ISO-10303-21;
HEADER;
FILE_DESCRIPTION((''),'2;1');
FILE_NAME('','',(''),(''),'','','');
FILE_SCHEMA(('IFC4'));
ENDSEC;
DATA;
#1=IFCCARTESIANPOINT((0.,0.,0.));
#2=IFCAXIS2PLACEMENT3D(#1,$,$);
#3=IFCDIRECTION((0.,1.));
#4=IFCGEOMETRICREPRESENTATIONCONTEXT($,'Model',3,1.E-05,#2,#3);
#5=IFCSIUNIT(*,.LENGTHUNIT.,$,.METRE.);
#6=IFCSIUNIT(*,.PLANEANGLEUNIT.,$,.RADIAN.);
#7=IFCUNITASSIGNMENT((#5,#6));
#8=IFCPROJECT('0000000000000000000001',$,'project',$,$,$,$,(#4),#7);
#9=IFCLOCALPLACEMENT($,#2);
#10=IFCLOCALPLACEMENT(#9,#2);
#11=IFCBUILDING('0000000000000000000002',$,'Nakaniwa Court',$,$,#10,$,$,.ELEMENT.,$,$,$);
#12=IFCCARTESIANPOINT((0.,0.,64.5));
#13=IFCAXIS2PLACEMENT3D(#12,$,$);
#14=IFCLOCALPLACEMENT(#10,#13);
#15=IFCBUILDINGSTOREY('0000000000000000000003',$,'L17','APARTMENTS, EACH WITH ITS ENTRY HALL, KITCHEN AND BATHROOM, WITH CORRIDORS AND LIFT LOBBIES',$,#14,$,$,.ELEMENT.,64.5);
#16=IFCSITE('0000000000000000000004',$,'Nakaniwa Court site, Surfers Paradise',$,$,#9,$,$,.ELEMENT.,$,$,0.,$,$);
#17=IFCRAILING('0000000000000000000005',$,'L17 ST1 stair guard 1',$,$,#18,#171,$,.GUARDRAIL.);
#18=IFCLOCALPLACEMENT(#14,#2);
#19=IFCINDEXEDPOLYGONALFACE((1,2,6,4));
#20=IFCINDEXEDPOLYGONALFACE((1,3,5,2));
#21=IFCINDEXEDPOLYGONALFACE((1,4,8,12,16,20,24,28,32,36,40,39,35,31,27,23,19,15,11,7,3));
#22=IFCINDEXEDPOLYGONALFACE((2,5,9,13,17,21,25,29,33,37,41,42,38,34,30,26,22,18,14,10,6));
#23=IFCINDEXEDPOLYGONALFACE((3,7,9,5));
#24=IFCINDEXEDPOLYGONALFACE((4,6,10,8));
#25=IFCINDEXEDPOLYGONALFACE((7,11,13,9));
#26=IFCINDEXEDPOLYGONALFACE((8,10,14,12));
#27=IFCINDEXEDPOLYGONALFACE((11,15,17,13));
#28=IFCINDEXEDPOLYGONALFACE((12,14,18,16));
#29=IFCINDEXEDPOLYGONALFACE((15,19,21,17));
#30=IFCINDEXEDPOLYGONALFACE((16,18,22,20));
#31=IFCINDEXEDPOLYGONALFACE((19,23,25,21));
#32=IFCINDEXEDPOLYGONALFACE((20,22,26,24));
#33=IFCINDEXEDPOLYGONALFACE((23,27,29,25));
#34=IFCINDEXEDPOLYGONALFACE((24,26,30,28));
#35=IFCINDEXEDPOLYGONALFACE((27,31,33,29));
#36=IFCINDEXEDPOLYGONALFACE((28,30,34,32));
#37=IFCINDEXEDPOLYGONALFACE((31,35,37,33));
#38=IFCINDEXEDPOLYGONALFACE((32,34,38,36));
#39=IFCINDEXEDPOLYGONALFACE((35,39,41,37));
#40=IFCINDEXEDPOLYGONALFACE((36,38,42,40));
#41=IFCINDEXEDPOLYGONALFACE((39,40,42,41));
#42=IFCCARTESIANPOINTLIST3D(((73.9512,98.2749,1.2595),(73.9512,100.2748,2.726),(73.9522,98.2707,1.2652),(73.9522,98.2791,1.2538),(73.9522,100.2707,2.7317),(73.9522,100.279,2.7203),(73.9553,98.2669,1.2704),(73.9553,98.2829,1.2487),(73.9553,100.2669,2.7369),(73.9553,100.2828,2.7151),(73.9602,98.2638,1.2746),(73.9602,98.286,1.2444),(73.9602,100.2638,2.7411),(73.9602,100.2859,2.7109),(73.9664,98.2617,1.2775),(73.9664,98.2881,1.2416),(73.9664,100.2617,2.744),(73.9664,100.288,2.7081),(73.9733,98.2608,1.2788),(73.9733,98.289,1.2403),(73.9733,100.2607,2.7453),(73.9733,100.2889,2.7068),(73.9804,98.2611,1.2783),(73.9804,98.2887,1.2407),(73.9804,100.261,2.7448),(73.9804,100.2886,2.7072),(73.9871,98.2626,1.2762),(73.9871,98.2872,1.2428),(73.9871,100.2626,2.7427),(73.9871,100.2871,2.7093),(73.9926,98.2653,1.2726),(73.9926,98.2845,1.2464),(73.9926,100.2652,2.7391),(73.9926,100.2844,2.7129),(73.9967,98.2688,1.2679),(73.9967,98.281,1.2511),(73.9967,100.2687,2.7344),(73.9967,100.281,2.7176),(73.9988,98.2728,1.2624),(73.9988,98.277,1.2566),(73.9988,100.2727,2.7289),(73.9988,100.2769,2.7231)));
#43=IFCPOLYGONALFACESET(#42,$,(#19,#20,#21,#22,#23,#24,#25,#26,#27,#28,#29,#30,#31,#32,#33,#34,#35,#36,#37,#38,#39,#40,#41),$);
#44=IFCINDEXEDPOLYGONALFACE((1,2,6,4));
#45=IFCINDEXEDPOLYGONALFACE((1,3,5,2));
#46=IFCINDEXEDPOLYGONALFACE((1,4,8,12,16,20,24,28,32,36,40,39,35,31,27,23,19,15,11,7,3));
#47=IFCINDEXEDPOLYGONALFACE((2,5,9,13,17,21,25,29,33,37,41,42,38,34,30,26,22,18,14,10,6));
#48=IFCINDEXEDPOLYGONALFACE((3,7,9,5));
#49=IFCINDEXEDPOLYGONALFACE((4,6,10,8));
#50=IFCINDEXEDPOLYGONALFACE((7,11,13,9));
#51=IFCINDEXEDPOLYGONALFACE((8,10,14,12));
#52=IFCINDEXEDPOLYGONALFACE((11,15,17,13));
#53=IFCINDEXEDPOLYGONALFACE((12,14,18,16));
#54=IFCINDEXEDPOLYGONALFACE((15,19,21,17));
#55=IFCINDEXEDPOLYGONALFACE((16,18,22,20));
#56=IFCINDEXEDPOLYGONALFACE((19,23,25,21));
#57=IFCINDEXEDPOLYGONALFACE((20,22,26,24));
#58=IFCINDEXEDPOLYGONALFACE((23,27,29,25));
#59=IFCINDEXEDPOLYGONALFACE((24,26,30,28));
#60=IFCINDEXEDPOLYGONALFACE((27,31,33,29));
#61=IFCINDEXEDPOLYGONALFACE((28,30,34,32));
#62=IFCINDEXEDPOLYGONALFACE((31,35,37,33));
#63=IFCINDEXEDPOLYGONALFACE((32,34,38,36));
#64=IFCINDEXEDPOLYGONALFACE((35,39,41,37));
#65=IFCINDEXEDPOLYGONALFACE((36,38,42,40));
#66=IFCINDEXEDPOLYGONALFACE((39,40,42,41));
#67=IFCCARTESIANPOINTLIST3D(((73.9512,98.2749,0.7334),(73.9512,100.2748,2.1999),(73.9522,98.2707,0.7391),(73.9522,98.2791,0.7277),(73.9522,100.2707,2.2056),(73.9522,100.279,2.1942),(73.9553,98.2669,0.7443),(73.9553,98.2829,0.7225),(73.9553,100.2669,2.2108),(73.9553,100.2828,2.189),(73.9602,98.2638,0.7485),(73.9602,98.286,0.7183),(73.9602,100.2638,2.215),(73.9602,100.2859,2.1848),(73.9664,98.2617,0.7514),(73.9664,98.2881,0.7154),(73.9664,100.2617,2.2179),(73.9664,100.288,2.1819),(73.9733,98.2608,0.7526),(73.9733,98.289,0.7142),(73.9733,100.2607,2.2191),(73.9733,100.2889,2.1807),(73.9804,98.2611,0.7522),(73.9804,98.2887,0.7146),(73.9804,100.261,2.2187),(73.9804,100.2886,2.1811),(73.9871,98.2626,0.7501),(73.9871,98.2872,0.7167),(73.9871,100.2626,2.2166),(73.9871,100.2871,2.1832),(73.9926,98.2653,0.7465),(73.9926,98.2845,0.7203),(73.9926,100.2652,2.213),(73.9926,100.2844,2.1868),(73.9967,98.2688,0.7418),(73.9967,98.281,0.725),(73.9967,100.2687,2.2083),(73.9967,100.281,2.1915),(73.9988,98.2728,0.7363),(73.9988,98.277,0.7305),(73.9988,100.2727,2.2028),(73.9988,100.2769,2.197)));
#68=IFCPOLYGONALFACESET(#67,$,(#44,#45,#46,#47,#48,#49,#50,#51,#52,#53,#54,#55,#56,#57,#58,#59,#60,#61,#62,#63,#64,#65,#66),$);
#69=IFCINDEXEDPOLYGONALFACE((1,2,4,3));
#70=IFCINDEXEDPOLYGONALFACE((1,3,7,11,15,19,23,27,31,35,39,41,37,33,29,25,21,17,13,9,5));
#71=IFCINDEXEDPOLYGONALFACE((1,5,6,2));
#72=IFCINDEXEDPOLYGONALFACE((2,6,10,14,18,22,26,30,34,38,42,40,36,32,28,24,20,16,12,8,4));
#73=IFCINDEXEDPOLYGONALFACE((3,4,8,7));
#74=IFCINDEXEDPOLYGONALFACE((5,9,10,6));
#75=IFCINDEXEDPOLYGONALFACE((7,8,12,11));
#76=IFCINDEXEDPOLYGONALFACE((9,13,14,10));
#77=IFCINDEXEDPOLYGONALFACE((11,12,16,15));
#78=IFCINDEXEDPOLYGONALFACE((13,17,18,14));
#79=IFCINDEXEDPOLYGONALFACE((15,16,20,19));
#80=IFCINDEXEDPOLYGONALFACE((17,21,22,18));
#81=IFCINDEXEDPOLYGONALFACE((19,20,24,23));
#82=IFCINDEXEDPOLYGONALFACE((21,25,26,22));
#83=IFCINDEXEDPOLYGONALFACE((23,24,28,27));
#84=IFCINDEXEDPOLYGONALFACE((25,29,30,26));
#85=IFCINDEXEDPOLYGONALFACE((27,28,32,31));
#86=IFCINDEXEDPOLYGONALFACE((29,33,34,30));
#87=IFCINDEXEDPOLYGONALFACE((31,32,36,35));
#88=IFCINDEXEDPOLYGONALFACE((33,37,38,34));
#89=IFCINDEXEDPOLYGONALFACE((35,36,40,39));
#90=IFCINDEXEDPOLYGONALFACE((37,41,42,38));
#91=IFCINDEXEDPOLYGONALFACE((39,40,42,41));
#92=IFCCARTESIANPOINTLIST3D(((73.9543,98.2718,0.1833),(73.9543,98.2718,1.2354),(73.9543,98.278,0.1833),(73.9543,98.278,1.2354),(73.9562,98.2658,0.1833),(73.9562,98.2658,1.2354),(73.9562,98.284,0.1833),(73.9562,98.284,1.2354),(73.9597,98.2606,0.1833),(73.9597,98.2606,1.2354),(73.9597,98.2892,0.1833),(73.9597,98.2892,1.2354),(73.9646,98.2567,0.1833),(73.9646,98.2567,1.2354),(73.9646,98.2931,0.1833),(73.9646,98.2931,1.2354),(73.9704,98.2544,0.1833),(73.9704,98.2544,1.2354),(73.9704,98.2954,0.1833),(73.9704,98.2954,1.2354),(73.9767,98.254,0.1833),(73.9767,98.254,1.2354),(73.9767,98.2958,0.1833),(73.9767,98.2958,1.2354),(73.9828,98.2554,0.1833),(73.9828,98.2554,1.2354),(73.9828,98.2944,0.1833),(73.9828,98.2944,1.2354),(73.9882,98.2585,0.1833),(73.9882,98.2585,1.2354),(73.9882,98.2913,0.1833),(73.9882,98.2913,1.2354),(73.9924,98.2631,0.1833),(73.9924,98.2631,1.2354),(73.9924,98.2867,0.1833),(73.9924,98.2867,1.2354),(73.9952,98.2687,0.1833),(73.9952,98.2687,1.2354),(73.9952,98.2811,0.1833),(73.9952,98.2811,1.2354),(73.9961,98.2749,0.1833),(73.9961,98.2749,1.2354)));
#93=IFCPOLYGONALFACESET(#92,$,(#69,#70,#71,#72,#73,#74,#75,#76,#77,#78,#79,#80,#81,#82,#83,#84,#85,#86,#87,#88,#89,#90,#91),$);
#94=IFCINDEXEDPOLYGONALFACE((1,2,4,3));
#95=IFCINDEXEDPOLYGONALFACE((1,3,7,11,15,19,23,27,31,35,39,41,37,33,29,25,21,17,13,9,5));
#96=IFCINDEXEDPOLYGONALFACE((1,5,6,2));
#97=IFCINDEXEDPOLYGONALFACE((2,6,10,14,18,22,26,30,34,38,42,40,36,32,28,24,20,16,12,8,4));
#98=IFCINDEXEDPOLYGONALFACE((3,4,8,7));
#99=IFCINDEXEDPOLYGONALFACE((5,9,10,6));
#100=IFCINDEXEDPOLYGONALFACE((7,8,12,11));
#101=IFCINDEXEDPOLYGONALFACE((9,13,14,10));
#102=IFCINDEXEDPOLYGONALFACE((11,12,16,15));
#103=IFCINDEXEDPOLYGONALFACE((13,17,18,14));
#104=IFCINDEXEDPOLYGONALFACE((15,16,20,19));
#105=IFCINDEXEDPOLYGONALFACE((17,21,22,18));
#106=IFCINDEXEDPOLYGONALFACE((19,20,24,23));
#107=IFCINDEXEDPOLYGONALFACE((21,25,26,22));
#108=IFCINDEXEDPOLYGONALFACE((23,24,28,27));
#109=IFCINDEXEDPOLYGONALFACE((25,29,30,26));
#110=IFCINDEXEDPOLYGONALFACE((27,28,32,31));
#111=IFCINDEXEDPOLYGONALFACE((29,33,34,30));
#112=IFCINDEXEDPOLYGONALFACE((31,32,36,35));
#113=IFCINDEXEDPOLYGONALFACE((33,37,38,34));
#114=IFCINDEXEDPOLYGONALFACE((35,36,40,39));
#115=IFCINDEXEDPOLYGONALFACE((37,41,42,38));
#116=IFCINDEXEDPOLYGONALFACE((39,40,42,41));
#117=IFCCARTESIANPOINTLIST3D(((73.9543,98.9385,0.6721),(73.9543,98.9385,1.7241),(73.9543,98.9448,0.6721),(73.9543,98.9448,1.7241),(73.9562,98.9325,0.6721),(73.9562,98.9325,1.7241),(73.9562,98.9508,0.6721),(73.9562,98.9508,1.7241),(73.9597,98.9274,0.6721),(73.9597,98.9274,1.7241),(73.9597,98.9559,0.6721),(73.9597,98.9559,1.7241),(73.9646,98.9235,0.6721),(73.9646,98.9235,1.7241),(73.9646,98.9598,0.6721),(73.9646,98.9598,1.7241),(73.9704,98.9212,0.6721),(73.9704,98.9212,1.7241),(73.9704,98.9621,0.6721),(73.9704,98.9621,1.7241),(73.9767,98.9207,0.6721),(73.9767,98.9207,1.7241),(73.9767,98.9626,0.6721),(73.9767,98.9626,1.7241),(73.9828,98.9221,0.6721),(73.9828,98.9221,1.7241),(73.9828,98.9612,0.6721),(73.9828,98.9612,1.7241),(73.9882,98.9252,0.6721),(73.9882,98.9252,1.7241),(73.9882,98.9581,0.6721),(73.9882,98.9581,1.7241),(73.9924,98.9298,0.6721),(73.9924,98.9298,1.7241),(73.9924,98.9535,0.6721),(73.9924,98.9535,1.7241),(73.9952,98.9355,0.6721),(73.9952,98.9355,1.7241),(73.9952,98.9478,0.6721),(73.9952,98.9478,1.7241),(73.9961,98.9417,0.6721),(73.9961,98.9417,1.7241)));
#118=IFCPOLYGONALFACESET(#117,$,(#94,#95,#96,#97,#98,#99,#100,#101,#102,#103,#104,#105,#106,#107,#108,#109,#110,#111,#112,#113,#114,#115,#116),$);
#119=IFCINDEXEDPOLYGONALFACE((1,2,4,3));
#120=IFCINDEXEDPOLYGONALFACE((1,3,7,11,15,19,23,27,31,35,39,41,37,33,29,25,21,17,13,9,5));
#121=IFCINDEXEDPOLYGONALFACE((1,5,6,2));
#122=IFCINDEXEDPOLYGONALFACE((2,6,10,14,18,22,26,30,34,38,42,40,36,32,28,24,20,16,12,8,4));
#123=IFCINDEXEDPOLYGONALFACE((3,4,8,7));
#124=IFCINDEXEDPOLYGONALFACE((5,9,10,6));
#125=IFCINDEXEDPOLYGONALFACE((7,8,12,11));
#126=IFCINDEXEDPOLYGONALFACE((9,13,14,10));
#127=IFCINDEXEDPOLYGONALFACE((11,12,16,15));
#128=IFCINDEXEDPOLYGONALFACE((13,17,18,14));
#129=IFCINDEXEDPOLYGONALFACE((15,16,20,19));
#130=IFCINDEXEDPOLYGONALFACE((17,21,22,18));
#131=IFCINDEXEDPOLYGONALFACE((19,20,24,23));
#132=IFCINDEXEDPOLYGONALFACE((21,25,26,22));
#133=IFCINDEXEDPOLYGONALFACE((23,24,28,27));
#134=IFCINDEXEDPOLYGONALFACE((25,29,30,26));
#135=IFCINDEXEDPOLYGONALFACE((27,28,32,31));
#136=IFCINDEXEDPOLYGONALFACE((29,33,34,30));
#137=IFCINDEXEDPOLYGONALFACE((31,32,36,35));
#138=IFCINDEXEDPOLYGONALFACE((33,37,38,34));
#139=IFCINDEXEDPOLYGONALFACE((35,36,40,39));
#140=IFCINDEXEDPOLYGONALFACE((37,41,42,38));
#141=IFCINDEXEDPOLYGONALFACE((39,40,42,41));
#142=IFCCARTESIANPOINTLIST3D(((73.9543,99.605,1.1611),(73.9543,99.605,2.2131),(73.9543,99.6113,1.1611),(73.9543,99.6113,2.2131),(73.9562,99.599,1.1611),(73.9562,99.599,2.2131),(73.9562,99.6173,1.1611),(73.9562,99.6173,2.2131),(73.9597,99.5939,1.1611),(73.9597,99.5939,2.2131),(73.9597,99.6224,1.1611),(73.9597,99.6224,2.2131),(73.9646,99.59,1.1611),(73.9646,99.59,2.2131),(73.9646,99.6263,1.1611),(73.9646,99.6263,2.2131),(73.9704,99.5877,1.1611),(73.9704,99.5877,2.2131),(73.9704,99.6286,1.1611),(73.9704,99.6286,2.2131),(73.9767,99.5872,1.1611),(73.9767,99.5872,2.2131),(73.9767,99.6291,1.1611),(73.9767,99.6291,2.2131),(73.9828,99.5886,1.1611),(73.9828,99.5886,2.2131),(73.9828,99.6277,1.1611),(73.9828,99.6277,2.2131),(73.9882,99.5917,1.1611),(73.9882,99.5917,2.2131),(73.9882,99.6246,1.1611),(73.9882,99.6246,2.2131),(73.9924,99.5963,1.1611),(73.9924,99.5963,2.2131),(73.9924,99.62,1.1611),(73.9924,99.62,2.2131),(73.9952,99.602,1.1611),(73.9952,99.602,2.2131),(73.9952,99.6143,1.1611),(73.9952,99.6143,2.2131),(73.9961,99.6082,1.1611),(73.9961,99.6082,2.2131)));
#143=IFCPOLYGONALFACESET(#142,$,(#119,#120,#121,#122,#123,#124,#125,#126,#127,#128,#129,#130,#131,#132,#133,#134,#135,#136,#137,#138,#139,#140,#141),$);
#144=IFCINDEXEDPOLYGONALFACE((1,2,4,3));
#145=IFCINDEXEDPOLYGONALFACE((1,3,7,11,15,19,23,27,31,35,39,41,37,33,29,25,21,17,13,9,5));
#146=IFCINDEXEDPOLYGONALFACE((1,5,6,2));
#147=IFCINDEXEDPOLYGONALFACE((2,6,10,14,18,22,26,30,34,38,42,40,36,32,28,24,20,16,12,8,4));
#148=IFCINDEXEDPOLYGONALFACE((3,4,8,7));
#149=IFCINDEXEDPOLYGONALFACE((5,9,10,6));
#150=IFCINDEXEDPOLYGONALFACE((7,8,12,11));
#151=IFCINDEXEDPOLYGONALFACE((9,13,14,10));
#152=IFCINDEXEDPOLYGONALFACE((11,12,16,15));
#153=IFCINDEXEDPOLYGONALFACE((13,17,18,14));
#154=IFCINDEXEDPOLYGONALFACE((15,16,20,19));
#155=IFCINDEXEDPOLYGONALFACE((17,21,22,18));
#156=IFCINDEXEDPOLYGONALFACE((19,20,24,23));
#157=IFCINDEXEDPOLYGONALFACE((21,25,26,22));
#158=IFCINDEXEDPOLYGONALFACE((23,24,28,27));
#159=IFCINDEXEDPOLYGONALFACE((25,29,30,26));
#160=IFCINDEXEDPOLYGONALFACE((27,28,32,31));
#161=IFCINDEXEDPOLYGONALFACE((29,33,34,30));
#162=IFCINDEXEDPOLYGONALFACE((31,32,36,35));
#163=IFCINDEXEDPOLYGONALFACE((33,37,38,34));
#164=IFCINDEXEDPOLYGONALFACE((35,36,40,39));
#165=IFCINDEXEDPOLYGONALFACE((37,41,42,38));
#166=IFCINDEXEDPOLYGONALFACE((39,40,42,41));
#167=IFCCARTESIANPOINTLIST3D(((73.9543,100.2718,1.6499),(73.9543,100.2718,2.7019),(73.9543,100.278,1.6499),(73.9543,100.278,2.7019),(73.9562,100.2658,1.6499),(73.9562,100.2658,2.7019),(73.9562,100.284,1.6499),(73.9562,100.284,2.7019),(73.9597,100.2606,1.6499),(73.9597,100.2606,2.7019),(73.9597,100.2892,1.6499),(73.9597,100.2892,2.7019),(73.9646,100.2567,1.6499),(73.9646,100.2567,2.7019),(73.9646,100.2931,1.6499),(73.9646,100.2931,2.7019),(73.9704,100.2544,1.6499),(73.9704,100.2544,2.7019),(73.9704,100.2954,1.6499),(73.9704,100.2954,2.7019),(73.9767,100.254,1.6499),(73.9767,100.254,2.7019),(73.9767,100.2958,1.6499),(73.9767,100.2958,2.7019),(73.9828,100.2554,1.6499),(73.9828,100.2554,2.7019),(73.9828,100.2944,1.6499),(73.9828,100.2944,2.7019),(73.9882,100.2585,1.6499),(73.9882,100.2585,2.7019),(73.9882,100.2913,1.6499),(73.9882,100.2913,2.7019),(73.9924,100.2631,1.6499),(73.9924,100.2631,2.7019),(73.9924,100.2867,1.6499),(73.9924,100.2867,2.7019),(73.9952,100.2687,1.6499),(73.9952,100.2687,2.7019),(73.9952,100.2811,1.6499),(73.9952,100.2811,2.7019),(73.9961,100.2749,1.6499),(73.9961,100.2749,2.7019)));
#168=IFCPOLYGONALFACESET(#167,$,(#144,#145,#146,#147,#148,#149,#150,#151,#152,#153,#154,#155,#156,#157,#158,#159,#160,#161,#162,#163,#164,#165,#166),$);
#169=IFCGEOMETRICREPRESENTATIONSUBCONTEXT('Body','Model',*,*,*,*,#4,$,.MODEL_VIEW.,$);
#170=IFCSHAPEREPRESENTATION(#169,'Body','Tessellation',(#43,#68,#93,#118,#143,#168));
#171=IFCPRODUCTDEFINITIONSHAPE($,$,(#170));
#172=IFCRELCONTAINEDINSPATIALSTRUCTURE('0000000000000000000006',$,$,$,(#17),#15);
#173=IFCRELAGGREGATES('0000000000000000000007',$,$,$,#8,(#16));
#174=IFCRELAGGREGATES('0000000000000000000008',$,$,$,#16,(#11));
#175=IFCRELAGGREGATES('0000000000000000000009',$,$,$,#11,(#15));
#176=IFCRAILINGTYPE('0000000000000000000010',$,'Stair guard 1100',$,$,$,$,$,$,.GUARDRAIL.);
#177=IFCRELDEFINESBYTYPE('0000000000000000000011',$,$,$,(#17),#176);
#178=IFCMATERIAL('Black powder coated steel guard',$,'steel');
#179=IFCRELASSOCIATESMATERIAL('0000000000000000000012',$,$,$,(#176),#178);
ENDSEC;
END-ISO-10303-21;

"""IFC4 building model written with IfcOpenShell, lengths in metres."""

from ifc_helpers import new_model, si_unit, direction, frame, origin, origin_2d, place, context, subcontext, project, spatial, circle, extrude, material, type_object, element, save


model = new_model("IFC4")

# Units and contexts
model_context = context("Model", 3, precision=1e-05, world=origin(), true_north=direction((0.0, 1.0)))
body_context = subcontext(model_context, "Body", "Model", "MODEL_VIEW")
ifc_project = project(units=[si_unit("LENGTHUNIT", "METRE"), si_unit("PLANEANGLEUNIT", "RADIAN")], contexts=[model_context])

# Site, building, storey
site_placement = place(None, origin())
site = spatial("IfcSite", under=ifc_project, at=site_placement, Name="Nakaniwa Court site, Surfers Paradise", CompositionType="ELEMENT", RefElevation=0.0)
building_placement = place(site_placement, origin())
building = spatial("IfcBuilding", under=site, at=building_placement, Name="Nakaniwa Court", CompositionType="ELEMENT")
storey_placement = place(building_placement, frame((0.0, 0.0, 64.5)))
storey = spatial("IfcBuildingStorey", under=building, at=storey_placement, Name="L17", Description="APARTMENTS, EACH WITH ITS ENTRY HALL, KITCHEN AND BATHROOM, WITH CORRIDORS AND LIFT LOBBIES", CompositionType="ELEMENT", Elevation=64.5)

# Railing
ifc_material_1 = material(Name="Black powder coated steel guard", Category="steel")
railing_type_1 = type_object("IfcRailingType", Name="Stair guard 1100", PredefinedType="GUARDRAIL", material=ifc_material_1)
railing_1_placement = place(storey_placement, frame((73.9751, 98.2749, 0.1833)))
element("IfcRailing", 1, at=railing_1_placement, inside=storey, type_object=railing_type_1, Name="L17 ST1 stair guard 1", PredefinedType="GUARDRAIL", context=body_context, shape_type="SweptSolid", body=[
    extrude(circle(Radius=0.0239, at=origin_2d()), frame((0.0, 0.0, 1.0762), z_axis=(0.0, 0.806427, 0.591334), x_axis=(-1.0, 0.0, 0.0)), (0.0, 0.0, 1.0), 2.48),
    extrude(circle(Radius=0.0239, at=origin_2d()), frame((0.0, 0.0, 0.55), z_axis=(0.0, 0.806427, 0.591334), x_axis=(-1.0, 0.0, 0.0)), (0.0, 0.0, 1.0), 2.48),
    extrude(circle(Radius=0.021, at=origin_2d()), origin(), (0.0, 0.0, 1.0), 1.052),
    extrude(circle(Radius=0.021, at=origin_2d()), frame((0.0, 0.6667, 0.4888)), (0.0, 0.0, 1.0), 1.052),
    extrude(circle(Radius=0.021, at=origin_2d()), frame((0.0, 1.3333, 0.9778)), (0.0, 0.0, 1.0), 1.052),
    extrude(circle(Radius=0.021, at=origin_2d()), frame((0.0, 2.0, 1.4666)), (0.0, 0.0, 1.0), 1.052),
])

save(model, "model.ifc")
